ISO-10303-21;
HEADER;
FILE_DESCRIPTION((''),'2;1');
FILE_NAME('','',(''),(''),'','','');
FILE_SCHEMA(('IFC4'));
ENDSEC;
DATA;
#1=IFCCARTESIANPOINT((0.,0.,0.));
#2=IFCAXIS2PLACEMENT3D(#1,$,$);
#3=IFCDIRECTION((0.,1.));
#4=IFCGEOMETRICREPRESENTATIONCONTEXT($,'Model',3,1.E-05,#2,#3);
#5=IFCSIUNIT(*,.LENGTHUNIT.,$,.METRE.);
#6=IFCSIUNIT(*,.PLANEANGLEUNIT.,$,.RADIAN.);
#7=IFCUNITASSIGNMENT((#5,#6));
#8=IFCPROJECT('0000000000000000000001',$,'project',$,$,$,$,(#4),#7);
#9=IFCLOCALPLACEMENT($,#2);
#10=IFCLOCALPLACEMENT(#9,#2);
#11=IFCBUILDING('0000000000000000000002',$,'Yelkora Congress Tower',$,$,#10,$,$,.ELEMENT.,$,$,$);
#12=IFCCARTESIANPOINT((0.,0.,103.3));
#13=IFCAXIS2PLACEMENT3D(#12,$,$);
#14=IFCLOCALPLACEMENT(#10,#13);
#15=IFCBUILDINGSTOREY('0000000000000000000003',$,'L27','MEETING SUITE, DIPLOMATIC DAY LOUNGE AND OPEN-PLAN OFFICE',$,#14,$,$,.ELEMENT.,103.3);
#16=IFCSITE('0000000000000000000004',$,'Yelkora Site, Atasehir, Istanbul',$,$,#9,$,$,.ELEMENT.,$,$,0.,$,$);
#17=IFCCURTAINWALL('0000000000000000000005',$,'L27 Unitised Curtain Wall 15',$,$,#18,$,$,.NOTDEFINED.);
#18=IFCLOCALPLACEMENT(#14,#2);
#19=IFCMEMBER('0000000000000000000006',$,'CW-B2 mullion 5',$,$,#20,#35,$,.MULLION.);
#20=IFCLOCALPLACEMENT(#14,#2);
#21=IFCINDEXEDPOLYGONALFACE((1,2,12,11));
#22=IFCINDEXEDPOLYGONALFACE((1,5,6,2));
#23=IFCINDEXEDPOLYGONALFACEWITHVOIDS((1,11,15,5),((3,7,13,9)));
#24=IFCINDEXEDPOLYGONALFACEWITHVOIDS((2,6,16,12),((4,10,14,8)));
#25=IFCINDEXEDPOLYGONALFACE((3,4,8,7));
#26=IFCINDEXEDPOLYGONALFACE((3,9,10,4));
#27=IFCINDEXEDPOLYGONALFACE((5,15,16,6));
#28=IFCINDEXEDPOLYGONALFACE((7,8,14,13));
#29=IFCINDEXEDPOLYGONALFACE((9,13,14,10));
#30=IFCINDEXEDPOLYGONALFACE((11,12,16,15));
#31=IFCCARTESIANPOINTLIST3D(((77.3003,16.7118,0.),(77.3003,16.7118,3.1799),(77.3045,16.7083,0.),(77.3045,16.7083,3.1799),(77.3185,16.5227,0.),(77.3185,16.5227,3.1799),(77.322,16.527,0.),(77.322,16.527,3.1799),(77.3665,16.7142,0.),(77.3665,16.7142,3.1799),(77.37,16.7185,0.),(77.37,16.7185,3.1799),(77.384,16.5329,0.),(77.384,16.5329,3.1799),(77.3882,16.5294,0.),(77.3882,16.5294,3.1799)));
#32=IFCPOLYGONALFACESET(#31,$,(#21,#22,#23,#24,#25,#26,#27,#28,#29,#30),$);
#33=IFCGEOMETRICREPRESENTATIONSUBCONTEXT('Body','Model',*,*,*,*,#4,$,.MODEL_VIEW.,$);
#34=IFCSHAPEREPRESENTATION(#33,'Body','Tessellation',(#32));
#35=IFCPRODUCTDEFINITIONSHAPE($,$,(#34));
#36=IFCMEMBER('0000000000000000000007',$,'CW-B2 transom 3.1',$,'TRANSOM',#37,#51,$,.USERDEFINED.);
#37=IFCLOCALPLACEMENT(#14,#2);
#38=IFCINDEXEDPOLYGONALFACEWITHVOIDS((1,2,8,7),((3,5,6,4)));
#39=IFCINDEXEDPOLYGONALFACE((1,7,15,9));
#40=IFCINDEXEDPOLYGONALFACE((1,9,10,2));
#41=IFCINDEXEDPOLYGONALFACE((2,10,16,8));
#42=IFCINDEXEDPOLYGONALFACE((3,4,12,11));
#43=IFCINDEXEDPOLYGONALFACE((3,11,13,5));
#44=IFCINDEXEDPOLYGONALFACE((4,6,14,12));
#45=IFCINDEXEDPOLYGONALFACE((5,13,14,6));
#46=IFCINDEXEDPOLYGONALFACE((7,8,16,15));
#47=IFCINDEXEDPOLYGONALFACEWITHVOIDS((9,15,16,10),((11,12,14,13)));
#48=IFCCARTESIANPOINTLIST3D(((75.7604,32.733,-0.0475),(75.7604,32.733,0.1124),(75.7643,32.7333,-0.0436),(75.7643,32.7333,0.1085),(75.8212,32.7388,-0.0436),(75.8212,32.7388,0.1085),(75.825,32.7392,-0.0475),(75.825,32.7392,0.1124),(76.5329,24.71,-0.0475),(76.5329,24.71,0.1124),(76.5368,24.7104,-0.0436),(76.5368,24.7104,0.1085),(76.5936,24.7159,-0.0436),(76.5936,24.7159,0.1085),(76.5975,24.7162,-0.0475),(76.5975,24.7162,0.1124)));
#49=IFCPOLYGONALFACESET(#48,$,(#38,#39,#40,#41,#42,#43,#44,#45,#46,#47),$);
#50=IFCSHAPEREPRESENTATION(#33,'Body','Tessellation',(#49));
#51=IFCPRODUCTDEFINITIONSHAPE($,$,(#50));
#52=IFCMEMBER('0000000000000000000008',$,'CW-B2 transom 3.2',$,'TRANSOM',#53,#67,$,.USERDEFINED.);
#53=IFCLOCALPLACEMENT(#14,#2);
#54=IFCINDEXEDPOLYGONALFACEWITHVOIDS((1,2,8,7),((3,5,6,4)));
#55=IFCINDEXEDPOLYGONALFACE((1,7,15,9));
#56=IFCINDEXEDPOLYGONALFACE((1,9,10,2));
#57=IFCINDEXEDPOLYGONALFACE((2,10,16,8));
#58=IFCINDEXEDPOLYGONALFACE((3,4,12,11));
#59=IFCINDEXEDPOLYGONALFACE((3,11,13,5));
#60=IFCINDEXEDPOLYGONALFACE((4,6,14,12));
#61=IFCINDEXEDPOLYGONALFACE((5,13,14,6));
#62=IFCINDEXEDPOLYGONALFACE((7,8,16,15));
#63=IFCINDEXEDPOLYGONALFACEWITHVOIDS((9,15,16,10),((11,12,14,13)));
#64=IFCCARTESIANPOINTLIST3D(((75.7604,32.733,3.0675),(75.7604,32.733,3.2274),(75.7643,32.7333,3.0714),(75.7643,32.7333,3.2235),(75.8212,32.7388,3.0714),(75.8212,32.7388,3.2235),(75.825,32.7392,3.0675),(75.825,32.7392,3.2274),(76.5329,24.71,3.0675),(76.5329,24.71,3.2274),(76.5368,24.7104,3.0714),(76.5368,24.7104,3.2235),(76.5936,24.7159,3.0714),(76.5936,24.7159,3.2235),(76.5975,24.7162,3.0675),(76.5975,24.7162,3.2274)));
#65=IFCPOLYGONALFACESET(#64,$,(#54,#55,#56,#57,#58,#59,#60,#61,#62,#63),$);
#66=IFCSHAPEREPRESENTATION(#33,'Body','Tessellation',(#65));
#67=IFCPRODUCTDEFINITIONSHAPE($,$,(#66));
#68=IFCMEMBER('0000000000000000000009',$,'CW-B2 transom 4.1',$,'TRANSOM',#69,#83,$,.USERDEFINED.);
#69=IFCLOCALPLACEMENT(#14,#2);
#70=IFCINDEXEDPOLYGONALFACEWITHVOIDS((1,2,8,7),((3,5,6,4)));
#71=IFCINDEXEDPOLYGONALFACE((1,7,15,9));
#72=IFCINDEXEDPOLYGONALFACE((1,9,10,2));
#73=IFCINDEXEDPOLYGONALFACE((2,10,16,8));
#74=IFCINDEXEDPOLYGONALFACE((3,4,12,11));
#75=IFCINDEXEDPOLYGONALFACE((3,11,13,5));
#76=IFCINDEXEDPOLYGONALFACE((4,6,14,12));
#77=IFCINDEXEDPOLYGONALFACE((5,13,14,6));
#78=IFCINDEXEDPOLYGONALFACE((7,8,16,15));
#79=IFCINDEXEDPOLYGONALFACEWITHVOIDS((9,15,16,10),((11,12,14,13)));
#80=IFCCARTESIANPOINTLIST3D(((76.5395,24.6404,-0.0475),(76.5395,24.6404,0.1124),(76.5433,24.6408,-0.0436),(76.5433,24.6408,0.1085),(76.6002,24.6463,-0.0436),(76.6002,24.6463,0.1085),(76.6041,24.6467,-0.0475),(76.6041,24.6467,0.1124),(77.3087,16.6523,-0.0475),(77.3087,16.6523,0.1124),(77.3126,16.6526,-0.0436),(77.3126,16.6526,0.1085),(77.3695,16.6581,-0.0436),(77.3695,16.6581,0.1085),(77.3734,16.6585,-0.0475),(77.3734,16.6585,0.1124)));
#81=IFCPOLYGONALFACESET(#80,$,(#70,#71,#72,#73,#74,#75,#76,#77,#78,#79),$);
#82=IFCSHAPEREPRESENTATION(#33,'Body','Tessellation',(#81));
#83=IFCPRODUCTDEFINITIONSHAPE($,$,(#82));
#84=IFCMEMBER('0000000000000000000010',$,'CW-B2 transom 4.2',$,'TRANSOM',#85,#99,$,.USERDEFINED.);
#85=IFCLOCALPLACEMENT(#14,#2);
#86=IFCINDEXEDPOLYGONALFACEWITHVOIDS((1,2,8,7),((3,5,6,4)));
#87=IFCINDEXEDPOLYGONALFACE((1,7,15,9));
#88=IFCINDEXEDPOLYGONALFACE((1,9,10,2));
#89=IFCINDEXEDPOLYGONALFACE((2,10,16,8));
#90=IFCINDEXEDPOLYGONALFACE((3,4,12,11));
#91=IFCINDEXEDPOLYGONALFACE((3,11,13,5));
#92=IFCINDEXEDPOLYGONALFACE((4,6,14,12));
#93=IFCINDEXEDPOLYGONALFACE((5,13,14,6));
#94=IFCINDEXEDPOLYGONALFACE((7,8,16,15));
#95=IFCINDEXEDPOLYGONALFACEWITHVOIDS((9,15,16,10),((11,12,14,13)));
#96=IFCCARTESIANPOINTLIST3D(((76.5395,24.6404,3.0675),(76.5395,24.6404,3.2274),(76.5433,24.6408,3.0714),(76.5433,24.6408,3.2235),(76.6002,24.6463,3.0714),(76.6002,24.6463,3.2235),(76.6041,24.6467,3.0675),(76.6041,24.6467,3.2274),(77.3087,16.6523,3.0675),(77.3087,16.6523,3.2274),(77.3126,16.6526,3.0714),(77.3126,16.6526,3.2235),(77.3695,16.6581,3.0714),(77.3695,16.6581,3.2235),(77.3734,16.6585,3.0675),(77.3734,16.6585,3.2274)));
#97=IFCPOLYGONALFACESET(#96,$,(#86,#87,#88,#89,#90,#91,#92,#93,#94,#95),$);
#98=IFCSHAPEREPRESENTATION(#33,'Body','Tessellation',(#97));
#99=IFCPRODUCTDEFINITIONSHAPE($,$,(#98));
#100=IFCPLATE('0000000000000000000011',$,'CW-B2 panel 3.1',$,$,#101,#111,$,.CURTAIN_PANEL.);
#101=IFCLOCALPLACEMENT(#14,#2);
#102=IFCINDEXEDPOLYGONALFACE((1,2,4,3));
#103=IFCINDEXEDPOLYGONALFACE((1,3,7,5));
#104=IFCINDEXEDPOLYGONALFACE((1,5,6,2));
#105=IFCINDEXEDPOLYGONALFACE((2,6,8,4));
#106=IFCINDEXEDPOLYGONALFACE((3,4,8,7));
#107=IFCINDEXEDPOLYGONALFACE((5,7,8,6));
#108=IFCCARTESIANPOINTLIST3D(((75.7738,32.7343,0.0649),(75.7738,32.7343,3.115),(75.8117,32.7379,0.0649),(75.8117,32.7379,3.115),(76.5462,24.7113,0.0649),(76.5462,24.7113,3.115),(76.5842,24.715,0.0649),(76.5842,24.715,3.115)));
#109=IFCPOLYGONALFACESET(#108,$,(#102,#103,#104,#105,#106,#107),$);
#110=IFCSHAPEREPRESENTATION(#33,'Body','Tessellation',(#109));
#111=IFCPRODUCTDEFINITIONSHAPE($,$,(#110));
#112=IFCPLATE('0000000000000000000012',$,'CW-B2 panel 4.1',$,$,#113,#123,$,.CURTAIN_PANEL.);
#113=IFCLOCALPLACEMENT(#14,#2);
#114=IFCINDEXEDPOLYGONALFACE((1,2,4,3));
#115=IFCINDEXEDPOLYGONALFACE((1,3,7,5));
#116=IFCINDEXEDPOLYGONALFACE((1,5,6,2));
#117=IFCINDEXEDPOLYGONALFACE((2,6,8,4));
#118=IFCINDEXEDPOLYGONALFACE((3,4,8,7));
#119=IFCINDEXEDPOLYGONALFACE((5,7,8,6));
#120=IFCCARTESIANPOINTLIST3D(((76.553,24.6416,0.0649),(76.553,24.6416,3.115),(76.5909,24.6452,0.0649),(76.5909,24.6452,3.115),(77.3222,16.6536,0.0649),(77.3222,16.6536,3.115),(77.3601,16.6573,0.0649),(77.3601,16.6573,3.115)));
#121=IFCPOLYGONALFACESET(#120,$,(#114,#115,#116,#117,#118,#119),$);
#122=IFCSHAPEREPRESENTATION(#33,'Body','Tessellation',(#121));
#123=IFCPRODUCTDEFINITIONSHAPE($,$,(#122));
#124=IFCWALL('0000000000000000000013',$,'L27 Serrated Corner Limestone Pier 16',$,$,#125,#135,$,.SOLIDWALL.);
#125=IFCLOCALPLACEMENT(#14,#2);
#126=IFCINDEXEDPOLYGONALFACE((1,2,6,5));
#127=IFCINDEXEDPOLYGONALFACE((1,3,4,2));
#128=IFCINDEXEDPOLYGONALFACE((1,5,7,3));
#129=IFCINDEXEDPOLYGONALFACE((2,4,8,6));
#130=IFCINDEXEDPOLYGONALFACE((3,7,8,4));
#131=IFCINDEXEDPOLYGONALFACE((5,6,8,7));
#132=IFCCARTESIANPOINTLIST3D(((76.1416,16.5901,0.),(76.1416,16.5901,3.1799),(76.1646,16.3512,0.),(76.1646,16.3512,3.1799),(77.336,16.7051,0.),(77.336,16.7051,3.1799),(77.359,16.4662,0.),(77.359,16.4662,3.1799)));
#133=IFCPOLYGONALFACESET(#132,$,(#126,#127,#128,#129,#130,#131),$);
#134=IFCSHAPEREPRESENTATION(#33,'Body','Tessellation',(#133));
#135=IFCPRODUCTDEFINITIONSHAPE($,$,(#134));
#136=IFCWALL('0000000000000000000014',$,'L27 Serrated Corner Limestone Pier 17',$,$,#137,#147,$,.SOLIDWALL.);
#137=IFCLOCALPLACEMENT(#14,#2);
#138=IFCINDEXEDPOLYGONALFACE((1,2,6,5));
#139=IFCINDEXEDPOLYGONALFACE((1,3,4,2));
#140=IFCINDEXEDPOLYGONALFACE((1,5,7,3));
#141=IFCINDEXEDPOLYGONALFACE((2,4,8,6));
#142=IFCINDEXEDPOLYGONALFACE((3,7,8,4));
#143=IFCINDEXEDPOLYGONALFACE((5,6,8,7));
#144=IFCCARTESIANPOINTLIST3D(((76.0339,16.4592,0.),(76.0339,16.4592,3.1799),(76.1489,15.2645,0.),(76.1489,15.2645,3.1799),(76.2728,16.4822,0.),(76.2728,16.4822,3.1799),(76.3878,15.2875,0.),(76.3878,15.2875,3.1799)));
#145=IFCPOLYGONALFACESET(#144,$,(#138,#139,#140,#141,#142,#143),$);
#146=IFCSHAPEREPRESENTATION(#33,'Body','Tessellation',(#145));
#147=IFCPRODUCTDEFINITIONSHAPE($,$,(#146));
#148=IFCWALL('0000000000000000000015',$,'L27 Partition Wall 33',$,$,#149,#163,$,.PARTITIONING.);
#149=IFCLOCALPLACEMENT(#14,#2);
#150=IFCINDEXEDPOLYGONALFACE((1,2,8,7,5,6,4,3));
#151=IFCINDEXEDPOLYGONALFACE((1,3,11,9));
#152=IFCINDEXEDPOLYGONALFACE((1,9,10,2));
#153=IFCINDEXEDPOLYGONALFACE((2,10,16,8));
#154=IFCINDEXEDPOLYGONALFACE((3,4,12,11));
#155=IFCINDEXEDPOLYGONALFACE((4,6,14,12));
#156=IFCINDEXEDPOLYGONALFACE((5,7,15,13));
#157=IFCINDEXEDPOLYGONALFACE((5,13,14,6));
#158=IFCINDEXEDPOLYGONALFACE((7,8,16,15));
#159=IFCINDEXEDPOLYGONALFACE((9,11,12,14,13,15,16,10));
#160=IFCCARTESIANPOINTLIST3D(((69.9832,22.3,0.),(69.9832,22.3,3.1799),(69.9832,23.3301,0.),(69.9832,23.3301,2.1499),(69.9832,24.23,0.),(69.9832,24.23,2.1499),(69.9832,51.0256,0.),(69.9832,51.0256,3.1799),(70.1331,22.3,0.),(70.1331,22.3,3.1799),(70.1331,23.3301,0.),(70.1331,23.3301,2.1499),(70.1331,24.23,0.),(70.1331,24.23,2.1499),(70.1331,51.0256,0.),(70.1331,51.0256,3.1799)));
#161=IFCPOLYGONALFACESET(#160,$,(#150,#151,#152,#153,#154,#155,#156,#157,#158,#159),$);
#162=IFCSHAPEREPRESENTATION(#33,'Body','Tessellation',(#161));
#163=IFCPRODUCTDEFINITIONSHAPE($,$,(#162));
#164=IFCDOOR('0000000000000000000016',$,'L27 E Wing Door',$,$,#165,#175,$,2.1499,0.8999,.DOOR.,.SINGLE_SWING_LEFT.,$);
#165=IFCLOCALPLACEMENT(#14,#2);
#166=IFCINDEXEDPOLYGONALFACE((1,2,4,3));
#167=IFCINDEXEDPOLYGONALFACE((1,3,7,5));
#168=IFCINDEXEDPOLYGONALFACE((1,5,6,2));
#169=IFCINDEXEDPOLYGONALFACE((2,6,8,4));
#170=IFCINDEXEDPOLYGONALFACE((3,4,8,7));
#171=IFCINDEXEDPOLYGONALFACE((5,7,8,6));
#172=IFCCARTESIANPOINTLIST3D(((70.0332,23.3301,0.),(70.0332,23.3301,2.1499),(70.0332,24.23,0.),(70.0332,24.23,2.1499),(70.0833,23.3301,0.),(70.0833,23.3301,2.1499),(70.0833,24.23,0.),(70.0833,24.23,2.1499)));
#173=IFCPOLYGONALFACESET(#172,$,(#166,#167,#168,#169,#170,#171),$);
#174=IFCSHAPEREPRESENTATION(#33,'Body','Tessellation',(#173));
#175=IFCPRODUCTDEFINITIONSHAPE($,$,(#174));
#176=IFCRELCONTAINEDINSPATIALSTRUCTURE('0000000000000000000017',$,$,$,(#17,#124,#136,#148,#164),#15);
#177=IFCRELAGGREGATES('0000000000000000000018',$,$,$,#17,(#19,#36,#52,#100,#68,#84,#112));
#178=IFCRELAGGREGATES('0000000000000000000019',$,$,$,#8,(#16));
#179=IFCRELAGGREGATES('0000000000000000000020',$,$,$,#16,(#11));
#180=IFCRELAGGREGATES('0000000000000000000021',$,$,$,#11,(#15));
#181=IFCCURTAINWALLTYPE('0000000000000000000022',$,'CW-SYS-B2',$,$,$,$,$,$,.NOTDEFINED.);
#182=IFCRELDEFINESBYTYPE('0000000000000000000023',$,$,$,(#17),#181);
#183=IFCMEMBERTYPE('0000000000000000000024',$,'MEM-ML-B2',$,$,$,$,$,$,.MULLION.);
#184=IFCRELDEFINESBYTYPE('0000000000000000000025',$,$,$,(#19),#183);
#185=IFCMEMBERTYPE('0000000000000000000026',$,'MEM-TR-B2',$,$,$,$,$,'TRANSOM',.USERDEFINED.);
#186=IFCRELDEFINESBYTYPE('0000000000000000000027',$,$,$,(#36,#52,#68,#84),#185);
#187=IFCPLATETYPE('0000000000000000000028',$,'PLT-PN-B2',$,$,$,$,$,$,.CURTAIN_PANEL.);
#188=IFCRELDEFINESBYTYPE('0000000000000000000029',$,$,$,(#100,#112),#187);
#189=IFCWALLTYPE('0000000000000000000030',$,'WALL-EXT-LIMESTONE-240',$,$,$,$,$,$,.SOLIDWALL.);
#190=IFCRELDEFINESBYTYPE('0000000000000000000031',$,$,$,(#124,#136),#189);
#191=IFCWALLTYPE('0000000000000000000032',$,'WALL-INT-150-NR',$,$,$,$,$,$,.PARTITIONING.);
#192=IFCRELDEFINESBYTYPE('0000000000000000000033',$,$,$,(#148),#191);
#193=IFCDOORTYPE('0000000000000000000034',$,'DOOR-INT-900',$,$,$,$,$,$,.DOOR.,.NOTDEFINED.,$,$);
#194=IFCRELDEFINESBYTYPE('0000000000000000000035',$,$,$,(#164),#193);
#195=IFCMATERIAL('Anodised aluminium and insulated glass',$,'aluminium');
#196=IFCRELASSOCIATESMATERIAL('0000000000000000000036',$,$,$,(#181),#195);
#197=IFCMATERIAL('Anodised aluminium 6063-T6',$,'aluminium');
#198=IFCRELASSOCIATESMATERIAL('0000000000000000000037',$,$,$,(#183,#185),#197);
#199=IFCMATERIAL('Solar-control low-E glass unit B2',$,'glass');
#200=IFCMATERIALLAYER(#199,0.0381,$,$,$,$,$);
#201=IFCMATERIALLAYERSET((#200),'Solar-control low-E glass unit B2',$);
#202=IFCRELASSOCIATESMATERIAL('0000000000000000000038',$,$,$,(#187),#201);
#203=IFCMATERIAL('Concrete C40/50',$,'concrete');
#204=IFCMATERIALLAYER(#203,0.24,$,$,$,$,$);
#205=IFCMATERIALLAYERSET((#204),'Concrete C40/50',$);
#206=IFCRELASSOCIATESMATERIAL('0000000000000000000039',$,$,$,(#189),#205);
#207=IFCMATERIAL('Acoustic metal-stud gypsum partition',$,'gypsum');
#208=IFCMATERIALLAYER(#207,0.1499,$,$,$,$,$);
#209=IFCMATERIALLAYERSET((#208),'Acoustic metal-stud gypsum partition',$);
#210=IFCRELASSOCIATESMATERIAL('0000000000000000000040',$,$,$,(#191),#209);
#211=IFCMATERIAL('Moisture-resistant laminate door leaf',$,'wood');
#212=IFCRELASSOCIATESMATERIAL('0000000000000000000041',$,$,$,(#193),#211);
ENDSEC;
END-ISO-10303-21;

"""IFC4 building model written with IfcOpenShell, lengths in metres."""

from ifc_helpers import new_model, si_unit, direction, frame, frame_2d, origin, origin_2d, place, context, subcontext, project, spatial, rectangle, hollow_rectangle, extrude, material, layer, layer_set, material_profile, profile_set, type_object, element, fill, aggregate, save


model = new_model("IFC4")

# Units and contexts
model_context = context("Model", 3, precision=1e-05, world=origin(), true_north=direction((0.0, 1.0)))
body_context = subcontext(model_context, "Body", "Model", "MODEL_VIEW")
ifc_project = project(units=[si_unit("LENGTHUNIT", "METRE"), si_unit("PLANEANGLEUNIT", "RADIAN")], contexts=[model_context])

# Site, building, storey
site_placement = place(None, origin())
site = spatial("IfcSite", under=ifc_project, at=site_placement, Name="Yelkora Site, Atasehir, Istanbul", CompositionType="ELEMENT", RefElevation=0.0)
building_placement = place(site_placement, origin())
building = spatial("IfcBuilding", under=site, at=building_placement, Name="Yelkora Congress Tower", CompositionType="ELEMENT")
storey_placement = place(building_placement, frame((0.0, 0.0, 103.3)))
storey = spatial("IfcBuildingStorey", under=building, at=storey_placement, Name="L27", Description="MEETING SUITE, DIPLOMATIC DAY LOUNGE AND OPEN-PLAN OFFICE", CompositionType="ELEMENT", Elevation=103.3)

# Curtain wall, members, plates
ifc_material_1 = material(Name="Anodised aluminium and insulated glass", Category="aluminium")
curtain_wall_type = type_object("IfcCurtainWallType", Name="CW-SYS-B2", PredefinedType="NOTDEFINED", material=ifc_material_1)
curtain_wall_placement = place(storey_placement, origin())
curtain_wall = element("IfcCurtainWall", 1, at=curtain_wall_placement, inside=storey, type_object=curtain_wall_type, Name="L27 Unitised Curtain Wall 15", PredefinedType="NOTDEFINED")
ifc_material_2 = material(Name="Anodised aluminium 6063-T6", Category="aluminium")
ifc_material_profile_1 = material_profile(ifc_material_2, hollow_rectangle(XDim=0.0701, YDim=0.1899, WallThickness=0.0039, at=origin_2d()), Name="ALU 70x190x4")
ifc_profile_set_1 = profile_set([ifc_material_profile_1], Name="Anodised aluminium 6063-T6")
member_type_1 = type_object("IfcMemberType", Name="MEM-ML-B2", PredefinedType="MULLION", material=ifc_profile_set_1)
member_1_placement = place(storey_placement, frame((77.3442, 16.6206, 0.0), z_axis=(0.0, 0.0, 1.0), x_axis=(0.995397, 0.095843, 0.0)))
member_1 = element("IfcMember", 2, at=member_1_placement, type_object=member_type_1, Name="CW-B2 mullion 5", PredefinedType="MULLION", context=body_context, shape_type="SweptSolid", body=[
    extrude(hollow_rectangle(XDim=0.0701, YDim=0.1899, WallThickness=0.0039, at=origin_2d()), origin(), (0.0, 0.0, 1.0), 3.1799),
])
ifc_material_profile_2 = material_profile(ifc_material_2, hollow_rectangle(XDim=0.0649, YDim=0.1599, WallThickness=0.0039, at=origin_2d()), Name="ALU 65x160x4")
ifc_profile_set_2 = profile_set([ifc_material_profile_2], Name="Anodised aluminium 6063-T6")
member_type_2 = type_object("IfcMemberType", Name="MEM-TR-B2", ElementType="TRANSOM", PredefinedType="USERDEFINED", material=ifc_profile_set_2)
member_2_placement = place(storey_placement, frame((75.7927, 32.7361, 0.0325), z_axis=(0.095838, -0.995397, 0.0), x_axis=(0.995397, 0.095838, 0.0)))
member_2 = element("IfcMember", 3, at=member_2_placement, type_object=member_type_2, Name="CW-B2 transom 3.1", ObjectType="TRANSOM", PredefinedType="USERDEFINED", context=body_context, shape_type="SweptSolid", body=[
    extrude(hollow_rectangle(XDim=0.0649, YDim=0.1599, WallThickness=0.0039, at=origin_2d()), origin(), (0.0, 0.0, 1.0), 8.0601),
])
member_3_placement = place(storey_placement, frame((75.7927, 32.7361, 3.1475), z_axis=(0.095838, -0.995397, 0.0), x_axis=(0.995397, 0.095838, 0.0)))
member_3 = element("IfcMember", 4, at=member_3_placement, type_object=member_type_2, Name="CW-B2 transom 3.2", ObjectType="TRANSOM", PredefinedType="USERDEFINED", context=body_context, shape_type="SweptSolid", body=[
    extrude(hollow_rectangle(XDim=0.0649, YDim=0.1599, WallThickness=0.0039, at=origin_2d()), origin(), (0.0, 0.0, 1.0), 8.0601),
])
member_4_placement = place(storey_placement, frame((76.5718, 24.6436, 0.0325), z_axis=(0.095858, -0.995395, 0.0), x_axis=(0.995395, 0.095858, 0.0)))
member_4 = element("IfcMember", 5, at=member_4_placement, type_object=member_type_2, Name="CW-B2 transom 4.1", ObjectType="TRANSOM", PredefinedType="USERDEFINED", context=body_context, shape_type="SweptSolid", body=[
    extrude(hollow_rectangle(XDim=0.0649, YDim=0.1599, WallThickness=0.0039, at=origin_2d()), origin(), (0.0, 0.0, 1.0), 8.0251),
])
member_5_placement = place(storey_placement, frame((76.5718, 24.6436, 3.1475), z_axis=(0.095858, -0.995395, 0.0), x_axis=(0.995395, 0.095858, 0.0)))
member_5 = element("IfcMember", 6, at=member_5_placement, type_object=member_type_2, Name="CW-B2 transom 4.2", ObjectType="TRANSOM", PredefinedType="USERDEFINED", context=body_context, shape_type="SweptSolid", body=[
    extrude(hollow_rectangle(XDim=0.0649, YDim=0.1599, WallThickness=0.0039, at=origin_2d()), origin(), (0.0, 0.0, 1.0), 8.0251),
])
ifc_material_3 = material(Name="Solar-control low-E glass unit B2", Category="glass")
ifc_layer_1 = layer(ifc_material_3, 0.0381)
ifc_layer_set_1 = layer_set([ifc_layer_1], Name="Solar-control low-E glass unit B2")
plate_type = type_object("IfcPlateType", Name="PLT-PN-B2", PredefinedType="CURTAIN_PANEL", material=ifc_layer_set_1)
plate_1_placement = place(storey_placement, frame((76.179, 28.7246, 0.0649), z_axis=(0.0, 0.0, 1.0), x_axis=(0.095843, -0.995397, 0.0)))
plate_1 = element("IfcPlate", 7, at=plate_1_placement, type_object=plate_type, Name="CW-B2 panel 3.1", PredefinedType="CURTAIN_PANEL", context=body_context, shape_type="SweptSolid", body=[
    extrude(rectangle(XDim=8.0601, YDim=0.0381, at=origin_2d()), origin(), (0.0, 0.0, 1.0), 3.05),
])
plate_2_placement = place(storey_placement, frame((76.9565, 20.6494, 0.0649), z_axis=(0.0, 0.0, 1.0), x_axis=(0.095843, -0.995397, 0.0)))
plate_2 = element("IfcPlate", 8, at=plate_2_placement, type_object=plate_type, Name="CW-B2 panel 4.1", PredefinedType="CURTAIN_PANEL", context=body_context, shape_type="SweptSolid", body=[
    extrude(rectangle(XDim=8.0249, YDim=0.0381, at=origin_2d()), origin(), (0.0, 0.0, 1.0), 3.05),
])
aggregate(curtain_wall, [member_1, member_2, member_3, plate_1, member_4, member_5, plate_2])

# Walls
ifc_material_4 = material(Name="Concrete C40/50", Category="concrete")
ifc_layer_2 = layer(ifc_material_4, 0.24)
ifc_layer_set_2 = layer_set([ifc_layer_2], Name="Concrete C40/50")
wall_type_1 = type_object("IfcWallType", Name="WALL-EXT-LIMESTONE-240", PredefinedType="SOLIDWALL", material=ifc_layer_set_2)
wall_1_placement = place(storey_placement, frame((77.3477, 16.5857, 0.0), z_axis=(0.0, 0.0, 1.0), x_axis=(-0.995397, -0.095836, 0.0)))
element("IfcWall", 9, at=wall_1_placement, inside=storey, type_object=wall_type_1, Name="L27 Serrated Corner Limestone Pier 16", PredefinedType="SOLIDWALL", context=body_context, shape_type="SweptSolid", body=[
    extrude(rectangle(XDim=1.2, YDim=0.24, at=frame_2d((0.6001, 0.0))), origin(), (0.0, 0.0, 1.0), 3.1799),
])
wall_2_placement = place(storey_placement, frame((76.1533, 16.4707, 0.0), z_axis=(0.0, 0.0, 1.0), x_axis=(0.095817, -0.995399, 0.0)))
element("IfcWall", 10, at=wall_2_placement, inside=storey, type_object=wall_type_1, Name="L27 Serrated Corner Limestone Pier 17", PredefinedType="SOLIDWALL", context=body_context, shape_type="SweptSolid", body=[
    extrude(rectangle(XDim=1.2002, YDim=0.24, at=frame_2d((0.6001, 0.0))), origin(), (0.0, 0.0, 1.0), 3.1799),
])

# Wall, opening, door
ifc_material_5 = material(Name="Acoustic metal-stud gypsum partition", Category="gypsum")
ifc_layer_3 = layer(ifc_material_5, 0.1499)
ifc_layer_set_3 = layer_set([ifc_layer_3], Name="Acoustic metal-stud gypsum partition")
wall_type_2 = type_object("IfcWallType", Name="WALL-INT-150-NR", PredefinedType="PARTITIONING", material=ifc_layer_set_3)
wall_3_placement = place(storey_placement, frame((70.0581, 22.3, 0.0), z_axis=(0.0, 0.0, 1.0), x_axis=(0.0, 1.0, 0.0)))
wall_3 = element("IfcWall", 11, at=wall_3_placement, inside=storey, type_object=wall_type_2, Name="L27 Partition Wall 33", PredefinedType="PARTITIONING", context=body_context, shape_type="SweptSolid", body=[
    extrude(rectangle(XDim=28.7256, YDim=0.1499, at=frame_2d((14.3628, 0.0))), origin(), (0.0, 0.0, 1.0), 3.1799),
])
opening_placement = place(wall_3_placement, frame((1.03, 0.0, 0.0)))
opening = element("IfcOpeningElement", 12, at=opening_placement, cuts=wall_3, PredefinedType="OPENING", context=body_context, shape_type="SweptSolid", body=[
    extrude(rectangle(XDim=0.8999, YDim=2.1499, at=frame_2d((0.45, 1.075))), frame((0.0, 0.085, 0.0), z_axis=(0.0, -1.0, 0.0), x_axis=(1.0, 0.0, 0.0)), (0.0, 0.0, 1.0), 0.1699),
])
ifc_material_6 = material(Name="Moisture-resistant laminate door leaf", Category="wood")
door_type = type_object("IfcDoorType", Name="DOOR-INT-900", OperationType="NOTDEFINED", PredefinedType="DOOR", material=ifc_material_6)
door_placement = place(opening_placement, origin())
door = element("IfcDoor", 13, at=door_placement, inside=storey, type_object=door_type, Name="L27 E Wing Door", OperationType="SINGLE_SWING_LEFT", OverallHeight=2.1499, OverallWidth=0.8999, PredefinedType="DOOR", context=body_context, shape_type="SweptSolid", body=[
    extrude(rectangle(XDim=0.8999, YDim=2.1499, at=frame_2d((0.45, 1.075))), frame((0.0, 0.0249, 0.0), z_axis=(0.0, -1.0, 0.0), x_axis=(1.0, 0.0, 0.0)), (0.0, 0.0, 1.0), 0.05),
])
fill(opening, door)

save(model, "model.ifc")
